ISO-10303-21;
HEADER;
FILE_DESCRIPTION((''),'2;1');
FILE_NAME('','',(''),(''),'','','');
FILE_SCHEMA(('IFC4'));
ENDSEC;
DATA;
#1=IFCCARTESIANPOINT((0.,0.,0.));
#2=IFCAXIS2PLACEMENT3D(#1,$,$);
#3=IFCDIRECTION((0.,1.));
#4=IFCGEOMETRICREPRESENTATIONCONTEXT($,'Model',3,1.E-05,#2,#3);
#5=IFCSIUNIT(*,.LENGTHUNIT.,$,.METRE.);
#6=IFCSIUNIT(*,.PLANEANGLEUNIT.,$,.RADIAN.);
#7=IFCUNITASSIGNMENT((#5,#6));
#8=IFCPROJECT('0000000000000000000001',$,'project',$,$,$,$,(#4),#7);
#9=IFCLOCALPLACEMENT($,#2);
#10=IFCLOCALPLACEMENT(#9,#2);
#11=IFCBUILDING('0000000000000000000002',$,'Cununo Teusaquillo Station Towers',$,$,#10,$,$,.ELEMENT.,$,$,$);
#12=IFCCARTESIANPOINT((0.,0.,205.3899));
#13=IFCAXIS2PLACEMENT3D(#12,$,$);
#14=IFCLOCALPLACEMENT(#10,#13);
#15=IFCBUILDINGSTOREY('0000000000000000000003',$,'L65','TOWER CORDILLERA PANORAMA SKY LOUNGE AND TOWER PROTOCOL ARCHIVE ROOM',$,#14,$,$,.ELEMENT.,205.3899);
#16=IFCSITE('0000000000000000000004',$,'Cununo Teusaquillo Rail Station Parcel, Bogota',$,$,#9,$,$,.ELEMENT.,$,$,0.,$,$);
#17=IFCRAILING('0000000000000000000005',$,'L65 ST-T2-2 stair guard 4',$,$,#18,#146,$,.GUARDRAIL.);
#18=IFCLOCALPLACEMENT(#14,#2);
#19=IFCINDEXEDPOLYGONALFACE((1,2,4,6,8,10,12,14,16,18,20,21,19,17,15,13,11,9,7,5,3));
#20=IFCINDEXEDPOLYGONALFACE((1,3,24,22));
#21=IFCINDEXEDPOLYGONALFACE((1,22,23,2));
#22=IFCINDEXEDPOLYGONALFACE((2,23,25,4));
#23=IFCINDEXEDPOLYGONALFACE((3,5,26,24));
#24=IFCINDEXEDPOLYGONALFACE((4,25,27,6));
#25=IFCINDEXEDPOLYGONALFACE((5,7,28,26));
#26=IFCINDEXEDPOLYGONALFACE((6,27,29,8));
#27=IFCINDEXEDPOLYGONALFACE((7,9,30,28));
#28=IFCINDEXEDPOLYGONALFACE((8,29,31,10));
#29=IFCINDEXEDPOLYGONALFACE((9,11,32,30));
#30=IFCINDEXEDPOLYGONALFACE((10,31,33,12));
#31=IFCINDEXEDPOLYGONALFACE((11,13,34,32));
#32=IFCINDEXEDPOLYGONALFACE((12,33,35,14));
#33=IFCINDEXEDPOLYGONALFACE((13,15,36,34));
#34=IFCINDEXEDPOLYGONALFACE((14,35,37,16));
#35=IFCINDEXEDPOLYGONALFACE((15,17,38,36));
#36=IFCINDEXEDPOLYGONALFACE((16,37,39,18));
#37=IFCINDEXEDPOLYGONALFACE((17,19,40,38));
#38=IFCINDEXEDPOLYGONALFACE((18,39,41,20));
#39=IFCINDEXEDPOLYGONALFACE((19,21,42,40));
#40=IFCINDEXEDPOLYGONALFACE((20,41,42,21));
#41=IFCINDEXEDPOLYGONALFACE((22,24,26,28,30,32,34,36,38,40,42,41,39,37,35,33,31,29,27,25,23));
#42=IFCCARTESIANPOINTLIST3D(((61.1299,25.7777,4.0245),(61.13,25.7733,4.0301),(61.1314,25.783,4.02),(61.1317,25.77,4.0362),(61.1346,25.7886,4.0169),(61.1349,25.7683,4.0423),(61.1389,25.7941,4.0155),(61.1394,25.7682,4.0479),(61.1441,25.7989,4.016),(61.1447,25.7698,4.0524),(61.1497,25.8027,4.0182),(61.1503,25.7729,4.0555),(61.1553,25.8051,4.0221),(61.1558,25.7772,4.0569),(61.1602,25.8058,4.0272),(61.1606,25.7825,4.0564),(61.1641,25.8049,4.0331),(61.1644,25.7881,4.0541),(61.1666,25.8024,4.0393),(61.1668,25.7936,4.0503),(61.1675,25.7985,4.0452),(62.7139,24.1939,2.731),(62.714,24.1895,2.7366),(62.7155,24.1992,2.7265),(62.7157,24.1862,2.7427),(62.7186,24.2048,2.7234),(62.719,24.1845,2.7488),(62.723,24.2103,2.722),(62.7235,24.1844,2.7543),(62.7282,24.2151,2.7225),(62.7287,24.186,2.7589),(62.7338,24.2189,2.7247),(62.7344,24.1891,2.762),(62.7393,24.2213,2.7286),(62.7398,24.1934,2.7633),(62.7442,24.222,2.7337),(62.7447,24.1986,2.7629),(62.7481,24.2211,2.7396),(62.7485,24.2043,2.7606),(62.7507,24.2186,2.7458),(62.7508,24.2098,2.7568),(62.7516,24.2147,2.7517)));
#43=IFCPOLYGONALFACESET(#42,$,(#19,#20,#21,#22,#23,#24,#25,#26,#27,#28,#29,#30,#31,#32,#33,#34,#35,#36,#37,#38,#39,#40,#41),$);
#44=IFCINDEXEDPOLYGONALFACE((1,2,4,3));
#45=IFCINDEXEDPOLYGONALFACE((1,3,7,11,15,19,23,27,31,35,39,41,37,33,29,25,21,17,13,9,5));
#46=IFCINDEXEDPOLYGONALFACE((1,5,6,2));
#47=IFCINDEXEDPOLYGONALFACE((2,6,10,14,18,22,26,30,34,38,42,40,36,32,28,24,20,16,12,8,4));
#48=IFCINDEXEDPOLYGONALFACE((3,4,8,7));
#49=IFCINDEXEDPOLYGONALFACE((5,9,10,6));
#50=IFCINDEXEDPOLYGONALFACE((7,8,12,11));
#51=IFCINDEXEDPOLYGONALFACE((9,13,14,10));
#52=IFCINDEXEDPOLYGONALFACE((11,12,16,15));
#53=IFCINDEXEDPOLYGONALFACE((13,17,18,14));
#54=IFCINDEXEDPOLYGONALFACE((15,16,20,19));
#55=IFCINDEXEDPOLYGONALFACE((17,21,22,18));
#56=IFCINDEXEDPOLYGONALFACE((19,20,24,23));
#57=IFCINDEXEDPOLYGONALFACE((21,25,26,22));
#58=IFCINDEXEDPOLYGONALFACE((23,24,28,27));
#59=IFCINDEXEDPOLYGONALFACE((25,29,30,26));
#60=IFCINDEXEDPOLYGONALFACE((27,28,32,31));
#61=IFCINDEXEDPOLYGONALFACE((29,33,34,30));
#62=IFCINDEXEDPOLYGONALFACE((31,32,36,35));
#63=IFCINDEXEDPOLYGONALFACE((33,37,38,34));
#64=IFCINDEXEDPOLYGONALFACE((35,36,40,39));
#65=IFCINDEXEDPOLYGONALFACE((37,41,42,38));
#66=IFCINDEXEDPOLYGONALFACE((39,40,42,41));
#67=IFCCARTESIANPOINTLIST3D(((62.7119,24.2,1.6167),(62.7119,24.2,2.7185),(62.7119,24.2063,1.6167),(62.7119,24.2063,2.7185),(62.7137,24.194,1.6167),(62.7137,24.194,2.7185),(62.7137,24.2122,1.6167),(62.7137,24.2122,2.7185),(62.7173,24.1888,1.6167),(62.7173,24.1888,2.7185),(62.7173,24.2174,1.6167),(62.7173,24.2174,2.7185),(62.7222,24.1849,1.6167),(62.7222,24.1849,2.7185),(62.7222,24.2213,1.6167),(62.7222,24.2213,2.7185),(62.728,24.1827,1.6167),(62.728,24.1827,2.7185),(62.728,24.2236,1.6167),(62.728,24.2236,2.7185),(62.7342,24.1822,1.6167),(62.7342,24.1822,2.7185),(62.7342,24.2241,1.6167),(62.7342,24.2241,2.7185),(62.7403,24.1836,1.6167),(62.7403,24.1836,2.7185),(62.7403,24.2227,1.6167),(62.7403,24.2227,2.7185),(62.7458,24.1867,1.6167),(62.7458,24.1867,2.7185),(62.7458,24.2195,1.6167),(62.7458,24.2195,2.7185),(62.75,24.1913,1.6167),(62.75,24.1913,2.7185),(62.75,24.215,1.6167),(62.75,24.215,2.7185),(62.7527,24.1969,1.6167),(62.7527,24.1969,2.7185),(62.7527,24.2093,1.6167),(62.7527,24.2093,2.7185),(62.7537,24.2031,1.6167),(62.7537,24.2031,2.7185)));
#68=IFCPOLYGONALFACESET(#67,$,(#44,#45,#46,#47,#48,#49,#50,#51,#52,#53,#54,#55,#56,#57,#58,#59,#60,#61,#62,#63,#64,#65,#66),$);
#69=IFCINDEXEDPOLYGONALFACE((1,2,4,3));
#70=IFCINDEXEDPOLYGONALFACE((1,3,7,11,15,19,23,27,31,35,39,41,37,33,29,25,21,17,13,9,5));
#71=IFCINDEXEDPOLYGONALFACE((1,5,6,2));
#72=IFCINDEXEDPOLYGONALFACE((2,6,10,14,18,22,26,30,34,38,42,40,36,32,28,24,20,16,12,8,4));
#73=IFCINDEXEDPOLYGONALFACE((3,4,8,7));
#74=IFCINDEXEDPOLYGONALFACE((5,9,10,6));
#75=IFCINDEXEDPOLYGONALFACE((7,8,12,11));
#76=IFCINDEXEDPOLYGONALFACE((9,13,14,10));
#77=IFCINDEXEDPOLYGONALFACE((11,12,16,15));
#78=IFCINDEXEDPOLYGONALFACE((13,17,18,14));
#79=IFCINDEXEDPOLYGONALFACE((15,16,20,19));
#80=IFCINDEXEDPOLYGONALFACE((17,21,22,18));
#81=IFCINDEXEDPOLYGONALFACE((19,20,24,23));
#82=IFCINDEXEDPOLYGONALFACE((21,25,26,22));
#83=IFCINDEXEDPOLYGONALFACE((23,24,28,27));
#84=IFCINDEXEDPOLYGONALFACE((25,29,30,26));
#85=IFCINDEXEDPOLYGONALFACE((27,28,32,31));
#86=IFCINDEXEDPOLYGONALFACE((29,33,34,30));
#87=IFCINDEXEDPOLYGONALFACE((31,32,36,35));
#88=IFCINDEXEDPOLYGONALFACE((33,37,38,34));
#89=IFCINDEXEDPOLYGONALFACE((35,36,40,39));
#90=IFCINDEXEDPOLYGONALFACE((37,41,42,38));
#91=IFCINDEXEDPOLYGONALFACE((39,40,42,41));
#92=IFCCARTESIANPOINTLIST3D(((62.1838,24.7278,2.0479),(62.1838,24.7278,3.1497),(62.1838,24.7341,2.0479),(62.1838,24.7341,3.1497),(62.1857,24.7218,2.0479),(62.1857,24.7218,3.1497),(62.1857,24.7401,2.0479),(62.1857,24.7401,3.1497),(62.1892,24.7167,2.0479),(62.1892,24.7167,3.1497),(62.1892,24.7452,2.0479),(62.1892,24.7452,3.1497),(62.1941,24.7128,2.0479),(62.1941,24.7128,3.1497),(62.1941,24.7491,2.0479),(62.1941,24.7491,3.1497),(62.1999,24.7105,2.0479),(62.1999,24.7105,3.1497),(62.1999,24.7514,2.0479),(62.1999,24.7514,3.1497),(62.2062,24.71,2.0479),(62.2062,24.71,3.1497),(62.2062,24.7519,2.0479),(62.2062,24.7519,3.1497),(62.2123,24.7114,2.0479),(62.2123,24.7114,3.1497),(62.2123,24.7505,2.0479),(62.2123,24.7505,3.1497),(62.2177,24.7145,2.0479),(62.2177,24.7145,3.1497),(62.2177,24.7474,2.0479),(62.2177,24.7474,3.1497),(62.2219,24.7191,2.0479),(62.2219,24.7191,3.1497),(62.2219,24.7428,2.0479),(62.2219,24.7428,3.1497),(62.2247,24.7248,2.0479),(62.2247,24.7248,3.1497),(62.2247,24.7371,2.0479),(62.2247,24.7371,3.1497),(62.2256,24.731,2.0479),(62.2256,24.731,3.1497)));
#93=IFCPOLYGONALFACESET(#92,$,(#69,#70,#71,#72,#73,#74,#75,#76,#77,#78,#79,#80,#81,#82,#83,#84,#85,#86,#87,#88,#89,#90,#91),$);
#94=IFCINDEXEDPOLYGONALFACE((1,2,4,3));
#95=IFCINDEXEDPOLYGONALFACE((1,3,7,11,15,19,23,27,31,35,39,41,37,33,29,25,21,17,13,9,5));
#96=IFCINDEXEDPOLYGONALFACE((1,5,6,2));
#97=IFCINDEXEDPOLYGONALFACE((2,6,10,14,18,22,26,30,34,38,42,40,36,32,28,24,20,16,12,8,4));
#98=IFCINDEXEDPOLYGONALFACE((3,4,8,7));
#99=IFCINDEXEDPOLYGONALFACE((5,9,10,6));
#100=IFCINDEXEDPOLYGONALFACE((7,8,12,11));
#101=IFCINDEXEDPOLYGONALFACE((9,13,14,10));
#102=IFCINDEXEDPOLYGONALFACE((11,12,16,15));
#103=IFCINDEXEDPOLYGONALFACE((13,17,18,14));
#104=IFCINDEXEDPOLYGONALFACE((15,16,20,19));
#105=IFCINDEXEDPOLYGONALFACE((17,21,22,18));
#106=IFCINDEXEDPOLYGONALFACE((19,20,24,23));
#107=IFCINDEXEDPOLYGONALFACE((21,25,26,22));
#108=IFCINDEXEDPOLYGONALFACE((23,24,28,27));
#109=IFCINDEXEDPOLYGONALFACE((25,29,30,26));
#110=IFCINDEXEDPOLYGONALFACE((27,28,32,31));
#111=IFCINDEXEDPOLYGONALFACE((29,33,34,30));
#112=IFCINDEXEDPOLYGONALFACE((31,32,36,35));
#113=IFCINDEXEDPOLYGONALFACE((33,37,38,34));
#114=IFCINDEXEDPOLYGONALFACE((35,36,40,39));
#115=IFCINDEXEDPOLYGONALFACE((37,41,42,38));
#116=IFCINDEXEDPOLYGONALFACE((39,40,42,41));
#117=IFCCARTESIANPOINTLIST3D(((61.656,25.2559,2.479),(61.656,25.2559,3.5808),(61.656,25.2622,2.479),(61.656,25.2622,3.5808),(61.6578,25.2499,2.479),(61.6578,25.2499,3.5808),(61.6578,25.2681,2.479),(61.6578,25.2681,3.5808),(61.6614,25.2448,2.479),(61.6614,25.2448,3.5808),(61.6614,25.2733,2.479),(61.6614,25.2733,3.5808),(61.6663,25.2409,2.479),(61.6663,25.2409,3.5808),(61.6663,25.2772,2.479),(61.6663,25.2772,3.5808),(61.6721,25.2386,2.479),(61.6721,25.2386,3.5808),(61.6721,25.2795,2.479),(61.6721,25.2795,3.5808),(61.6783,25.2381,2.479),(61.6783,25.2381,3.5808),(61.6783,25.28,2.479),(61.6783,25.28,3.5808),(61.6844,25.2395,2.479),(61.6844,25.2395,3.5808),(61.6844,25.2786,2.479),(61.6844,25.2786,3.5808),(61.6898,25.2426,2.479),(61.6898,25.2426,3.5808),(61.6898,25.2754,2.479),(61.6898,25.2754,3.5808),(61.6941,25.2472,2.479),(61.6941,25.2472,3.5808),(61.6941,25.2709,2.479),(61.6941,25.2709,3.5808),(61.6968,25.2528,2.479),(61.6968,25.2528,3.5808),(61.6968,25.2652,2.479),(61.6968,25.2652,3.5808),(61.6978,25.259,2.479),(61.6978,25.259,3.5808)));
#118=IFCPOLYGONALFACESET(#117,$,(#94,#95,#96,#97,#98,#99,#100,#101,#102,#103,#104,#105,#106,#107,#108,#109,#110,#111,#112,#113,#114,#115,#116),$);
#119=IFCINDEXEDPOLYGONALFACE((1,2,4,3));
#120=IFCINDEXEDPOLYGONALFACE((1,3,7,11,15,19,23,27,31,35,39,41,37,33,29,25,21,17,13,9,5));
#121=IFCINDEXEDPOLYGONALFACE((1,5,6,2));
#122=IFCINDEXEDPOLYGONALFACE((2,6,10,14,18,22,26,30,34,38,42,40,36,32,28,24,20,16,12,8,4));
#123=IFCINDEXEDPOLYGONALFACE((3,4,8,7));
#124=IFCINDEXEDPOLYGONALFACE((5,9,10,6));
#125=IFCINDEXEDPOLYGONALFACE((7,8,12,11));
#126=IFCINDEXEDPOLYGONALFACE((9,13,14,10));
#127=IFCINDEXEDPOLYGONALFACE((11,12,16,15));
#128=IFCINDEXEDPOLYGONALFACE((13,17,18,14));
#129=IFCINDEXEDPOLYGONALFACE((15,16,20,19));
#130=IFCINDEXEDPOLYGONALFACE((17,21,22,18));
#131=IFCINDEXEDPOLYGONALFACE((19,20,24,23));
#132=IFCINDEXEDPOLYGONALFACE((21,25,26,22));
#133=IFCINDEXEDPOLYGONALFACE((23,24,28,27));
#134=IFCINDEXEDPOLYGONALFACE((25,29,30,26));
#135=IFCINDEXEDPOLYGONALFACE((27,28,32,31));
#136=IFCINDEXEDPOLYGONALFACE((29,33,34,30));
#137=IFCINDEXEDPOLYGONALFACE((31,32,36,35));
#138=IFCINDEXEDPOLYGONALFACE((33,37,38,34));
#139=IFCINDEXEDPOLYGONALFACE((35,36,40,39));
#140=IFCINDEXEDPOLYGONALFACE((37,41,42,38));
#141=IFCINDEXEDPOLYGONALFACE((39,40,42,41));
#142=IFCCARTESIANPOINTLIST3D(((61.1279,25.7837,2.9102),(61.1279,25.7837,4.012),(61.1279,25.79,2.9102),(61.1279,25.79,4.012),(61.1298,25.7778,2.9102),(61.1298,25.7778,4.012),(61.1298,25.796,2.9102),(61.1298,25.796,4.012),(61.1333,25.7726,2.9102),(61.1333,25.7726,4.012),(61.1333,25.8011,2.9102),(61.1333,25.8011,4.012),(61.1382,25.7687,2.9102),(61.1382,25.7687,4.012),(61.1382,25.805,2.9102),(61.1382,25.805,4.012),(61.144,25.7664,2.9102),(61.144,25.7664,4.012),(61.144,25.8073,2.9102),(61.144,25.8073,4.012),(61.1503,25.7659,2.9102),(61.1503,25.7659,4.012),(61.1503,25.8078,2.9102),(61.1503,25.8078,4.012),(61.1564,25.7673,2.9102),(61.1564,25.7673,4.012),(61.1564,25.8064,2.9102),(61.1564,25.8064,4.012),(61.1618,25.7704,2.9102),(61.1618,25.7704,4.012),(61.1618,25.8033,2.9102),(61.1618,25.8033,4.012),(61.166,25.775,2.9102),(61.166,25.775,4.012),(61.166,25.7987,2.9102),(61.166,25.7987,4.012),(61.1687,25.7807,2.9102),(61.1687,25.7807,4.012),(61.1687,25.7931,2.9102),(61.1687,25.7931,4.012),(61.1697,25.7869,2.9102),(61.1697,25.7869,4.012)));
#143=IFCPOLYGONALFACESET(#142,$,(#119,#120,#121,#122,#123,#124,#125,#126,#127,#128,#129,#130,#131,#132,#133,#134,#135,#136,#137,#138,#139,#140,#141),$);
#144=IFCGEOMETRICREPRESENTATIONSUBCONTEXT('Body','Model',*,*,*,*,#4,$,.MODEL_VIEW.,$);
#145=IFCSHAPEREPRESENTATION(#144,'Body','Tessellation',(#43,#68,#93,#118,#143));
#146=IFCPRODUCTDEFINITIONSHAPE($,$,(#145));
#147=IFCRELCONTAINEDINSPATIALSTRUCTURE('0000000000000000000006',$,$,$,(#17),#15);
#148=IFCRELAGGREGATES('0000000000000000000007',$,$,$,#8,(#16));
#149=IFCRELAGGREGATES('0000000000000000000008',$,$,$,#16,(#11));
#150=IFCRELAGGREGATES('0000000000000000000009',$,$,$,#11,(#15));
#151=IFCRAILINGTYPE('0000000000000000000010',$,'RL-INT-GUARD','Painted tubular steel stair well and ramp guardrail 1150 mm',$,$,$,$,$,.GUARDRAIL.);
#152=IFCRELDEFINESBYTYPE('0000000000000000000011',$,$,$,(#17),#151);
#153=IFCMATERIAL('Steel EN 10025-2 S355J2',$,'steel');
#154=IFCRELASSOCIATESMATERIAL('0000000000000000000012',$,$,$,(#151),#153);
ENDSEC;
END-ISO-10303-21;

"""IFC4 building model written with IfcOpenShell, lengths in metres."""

from ifc_helpers import new_model, si_unit, direction, frame, origin, origin_2d, place, context, subcontext, project, spatial, circle, extrude, material, type_object, element, save


model = new_model("IFC4")

# Units and contexts
model_context = context("Model", 3, precision=1e-05, world=origin(), true_north=direction((0.0, 1.0)))
body_context = subcontext(model_context, "Body", "Model", "MODEL_VIEW")
ifc_project = project(units=[si_unit("LENGTHUNIT", "METRE"), si_unit("PLANEANGLEUNIT", "RADIAN")], contexts=[model_context])

# Site, building, storey
site_placement = place(None, origin())
site = spatial("IfcSite", under=ifc_project, at=site_placement, Name="Cununo Teusaquillo Rail Station Parcel, Bogota", CompositionType="ELEMENT", RefElevation=0.0)
building_placement = place(site_placement, origin())
building = spatial("IfcBuilding", under=site, at=building_placement, Name="Cununo Teusaquillo Station Towers", CompositionType="ELEMENT")
storey_placement = place(building_placement, frame((0.0, 0.0, 205.3899)))
storey = spatial("IfcBuildingStorey", under=building, at=storey_placement, Name="L65", Description="TOWER CORDILLERA PANORAMA SKY LOUNGE AND TOWER PROTOCOL ARCHIVE ROOM", CompositionType="ELEMENT", Elevation=205.3899)

# Railing
ifc_material_1 = material(Name="Steel EN 10025-2 S355J2", Category="steel")
railing_type_1 = type_object("IfcRailingType", Name="RL-INT-GUARD", Description="Painted tubular steel stair well and ramp guardrail 1150 mm", PredefinedType="GUARDRAIL", material=ifc_material_1)
railing_1_placement = place(storey_placement, frame((62.7327, 24.2031, 1.6167)))
element("IfcRailing", 1, at=railing_1_placement, inside=storey, type_object=railing_type_1, Name="L65 ST-T2-2 stair guard 4", PredefinedType="GUARDRAIL", context=body_context, shape_type="SweptSolid", body=[
    extrude(circle(Radius=0.0239, at=origin_2d()), frame((0.0, 0.0, 1.126), z_axis=(-0.612391, 0.612297, 0.500069), x_axis=(-0.707052, -0.707161, 0.0)), (0.0, 0.0, 1.0), 2.5867),
    extrude(circle(Radius=0.021, at=origin_2d()), origin(), (0.0, 0.0, 1.0), 1.1018),
    extrude(circle(Radius=0.021, at=origin_2d()), frame((-0.5281, 0.5278, 0.4312)), (0.0, 0.0, 1.0), 1.1018),
    extrude(circle(Radius=0.021, at=origin_2d()), frame((-1.0559, 1.0559, 0.8623)), (0.0, 0.0, 1.0), 1.1018),
    extrude(circle(Radius=0.021, at=origin_2d()), frame((-1.584, 1.5837, 1.2935)), (0.0, 0.0, 1.0), 1.1018),
])

save(model, "model.ifc")
